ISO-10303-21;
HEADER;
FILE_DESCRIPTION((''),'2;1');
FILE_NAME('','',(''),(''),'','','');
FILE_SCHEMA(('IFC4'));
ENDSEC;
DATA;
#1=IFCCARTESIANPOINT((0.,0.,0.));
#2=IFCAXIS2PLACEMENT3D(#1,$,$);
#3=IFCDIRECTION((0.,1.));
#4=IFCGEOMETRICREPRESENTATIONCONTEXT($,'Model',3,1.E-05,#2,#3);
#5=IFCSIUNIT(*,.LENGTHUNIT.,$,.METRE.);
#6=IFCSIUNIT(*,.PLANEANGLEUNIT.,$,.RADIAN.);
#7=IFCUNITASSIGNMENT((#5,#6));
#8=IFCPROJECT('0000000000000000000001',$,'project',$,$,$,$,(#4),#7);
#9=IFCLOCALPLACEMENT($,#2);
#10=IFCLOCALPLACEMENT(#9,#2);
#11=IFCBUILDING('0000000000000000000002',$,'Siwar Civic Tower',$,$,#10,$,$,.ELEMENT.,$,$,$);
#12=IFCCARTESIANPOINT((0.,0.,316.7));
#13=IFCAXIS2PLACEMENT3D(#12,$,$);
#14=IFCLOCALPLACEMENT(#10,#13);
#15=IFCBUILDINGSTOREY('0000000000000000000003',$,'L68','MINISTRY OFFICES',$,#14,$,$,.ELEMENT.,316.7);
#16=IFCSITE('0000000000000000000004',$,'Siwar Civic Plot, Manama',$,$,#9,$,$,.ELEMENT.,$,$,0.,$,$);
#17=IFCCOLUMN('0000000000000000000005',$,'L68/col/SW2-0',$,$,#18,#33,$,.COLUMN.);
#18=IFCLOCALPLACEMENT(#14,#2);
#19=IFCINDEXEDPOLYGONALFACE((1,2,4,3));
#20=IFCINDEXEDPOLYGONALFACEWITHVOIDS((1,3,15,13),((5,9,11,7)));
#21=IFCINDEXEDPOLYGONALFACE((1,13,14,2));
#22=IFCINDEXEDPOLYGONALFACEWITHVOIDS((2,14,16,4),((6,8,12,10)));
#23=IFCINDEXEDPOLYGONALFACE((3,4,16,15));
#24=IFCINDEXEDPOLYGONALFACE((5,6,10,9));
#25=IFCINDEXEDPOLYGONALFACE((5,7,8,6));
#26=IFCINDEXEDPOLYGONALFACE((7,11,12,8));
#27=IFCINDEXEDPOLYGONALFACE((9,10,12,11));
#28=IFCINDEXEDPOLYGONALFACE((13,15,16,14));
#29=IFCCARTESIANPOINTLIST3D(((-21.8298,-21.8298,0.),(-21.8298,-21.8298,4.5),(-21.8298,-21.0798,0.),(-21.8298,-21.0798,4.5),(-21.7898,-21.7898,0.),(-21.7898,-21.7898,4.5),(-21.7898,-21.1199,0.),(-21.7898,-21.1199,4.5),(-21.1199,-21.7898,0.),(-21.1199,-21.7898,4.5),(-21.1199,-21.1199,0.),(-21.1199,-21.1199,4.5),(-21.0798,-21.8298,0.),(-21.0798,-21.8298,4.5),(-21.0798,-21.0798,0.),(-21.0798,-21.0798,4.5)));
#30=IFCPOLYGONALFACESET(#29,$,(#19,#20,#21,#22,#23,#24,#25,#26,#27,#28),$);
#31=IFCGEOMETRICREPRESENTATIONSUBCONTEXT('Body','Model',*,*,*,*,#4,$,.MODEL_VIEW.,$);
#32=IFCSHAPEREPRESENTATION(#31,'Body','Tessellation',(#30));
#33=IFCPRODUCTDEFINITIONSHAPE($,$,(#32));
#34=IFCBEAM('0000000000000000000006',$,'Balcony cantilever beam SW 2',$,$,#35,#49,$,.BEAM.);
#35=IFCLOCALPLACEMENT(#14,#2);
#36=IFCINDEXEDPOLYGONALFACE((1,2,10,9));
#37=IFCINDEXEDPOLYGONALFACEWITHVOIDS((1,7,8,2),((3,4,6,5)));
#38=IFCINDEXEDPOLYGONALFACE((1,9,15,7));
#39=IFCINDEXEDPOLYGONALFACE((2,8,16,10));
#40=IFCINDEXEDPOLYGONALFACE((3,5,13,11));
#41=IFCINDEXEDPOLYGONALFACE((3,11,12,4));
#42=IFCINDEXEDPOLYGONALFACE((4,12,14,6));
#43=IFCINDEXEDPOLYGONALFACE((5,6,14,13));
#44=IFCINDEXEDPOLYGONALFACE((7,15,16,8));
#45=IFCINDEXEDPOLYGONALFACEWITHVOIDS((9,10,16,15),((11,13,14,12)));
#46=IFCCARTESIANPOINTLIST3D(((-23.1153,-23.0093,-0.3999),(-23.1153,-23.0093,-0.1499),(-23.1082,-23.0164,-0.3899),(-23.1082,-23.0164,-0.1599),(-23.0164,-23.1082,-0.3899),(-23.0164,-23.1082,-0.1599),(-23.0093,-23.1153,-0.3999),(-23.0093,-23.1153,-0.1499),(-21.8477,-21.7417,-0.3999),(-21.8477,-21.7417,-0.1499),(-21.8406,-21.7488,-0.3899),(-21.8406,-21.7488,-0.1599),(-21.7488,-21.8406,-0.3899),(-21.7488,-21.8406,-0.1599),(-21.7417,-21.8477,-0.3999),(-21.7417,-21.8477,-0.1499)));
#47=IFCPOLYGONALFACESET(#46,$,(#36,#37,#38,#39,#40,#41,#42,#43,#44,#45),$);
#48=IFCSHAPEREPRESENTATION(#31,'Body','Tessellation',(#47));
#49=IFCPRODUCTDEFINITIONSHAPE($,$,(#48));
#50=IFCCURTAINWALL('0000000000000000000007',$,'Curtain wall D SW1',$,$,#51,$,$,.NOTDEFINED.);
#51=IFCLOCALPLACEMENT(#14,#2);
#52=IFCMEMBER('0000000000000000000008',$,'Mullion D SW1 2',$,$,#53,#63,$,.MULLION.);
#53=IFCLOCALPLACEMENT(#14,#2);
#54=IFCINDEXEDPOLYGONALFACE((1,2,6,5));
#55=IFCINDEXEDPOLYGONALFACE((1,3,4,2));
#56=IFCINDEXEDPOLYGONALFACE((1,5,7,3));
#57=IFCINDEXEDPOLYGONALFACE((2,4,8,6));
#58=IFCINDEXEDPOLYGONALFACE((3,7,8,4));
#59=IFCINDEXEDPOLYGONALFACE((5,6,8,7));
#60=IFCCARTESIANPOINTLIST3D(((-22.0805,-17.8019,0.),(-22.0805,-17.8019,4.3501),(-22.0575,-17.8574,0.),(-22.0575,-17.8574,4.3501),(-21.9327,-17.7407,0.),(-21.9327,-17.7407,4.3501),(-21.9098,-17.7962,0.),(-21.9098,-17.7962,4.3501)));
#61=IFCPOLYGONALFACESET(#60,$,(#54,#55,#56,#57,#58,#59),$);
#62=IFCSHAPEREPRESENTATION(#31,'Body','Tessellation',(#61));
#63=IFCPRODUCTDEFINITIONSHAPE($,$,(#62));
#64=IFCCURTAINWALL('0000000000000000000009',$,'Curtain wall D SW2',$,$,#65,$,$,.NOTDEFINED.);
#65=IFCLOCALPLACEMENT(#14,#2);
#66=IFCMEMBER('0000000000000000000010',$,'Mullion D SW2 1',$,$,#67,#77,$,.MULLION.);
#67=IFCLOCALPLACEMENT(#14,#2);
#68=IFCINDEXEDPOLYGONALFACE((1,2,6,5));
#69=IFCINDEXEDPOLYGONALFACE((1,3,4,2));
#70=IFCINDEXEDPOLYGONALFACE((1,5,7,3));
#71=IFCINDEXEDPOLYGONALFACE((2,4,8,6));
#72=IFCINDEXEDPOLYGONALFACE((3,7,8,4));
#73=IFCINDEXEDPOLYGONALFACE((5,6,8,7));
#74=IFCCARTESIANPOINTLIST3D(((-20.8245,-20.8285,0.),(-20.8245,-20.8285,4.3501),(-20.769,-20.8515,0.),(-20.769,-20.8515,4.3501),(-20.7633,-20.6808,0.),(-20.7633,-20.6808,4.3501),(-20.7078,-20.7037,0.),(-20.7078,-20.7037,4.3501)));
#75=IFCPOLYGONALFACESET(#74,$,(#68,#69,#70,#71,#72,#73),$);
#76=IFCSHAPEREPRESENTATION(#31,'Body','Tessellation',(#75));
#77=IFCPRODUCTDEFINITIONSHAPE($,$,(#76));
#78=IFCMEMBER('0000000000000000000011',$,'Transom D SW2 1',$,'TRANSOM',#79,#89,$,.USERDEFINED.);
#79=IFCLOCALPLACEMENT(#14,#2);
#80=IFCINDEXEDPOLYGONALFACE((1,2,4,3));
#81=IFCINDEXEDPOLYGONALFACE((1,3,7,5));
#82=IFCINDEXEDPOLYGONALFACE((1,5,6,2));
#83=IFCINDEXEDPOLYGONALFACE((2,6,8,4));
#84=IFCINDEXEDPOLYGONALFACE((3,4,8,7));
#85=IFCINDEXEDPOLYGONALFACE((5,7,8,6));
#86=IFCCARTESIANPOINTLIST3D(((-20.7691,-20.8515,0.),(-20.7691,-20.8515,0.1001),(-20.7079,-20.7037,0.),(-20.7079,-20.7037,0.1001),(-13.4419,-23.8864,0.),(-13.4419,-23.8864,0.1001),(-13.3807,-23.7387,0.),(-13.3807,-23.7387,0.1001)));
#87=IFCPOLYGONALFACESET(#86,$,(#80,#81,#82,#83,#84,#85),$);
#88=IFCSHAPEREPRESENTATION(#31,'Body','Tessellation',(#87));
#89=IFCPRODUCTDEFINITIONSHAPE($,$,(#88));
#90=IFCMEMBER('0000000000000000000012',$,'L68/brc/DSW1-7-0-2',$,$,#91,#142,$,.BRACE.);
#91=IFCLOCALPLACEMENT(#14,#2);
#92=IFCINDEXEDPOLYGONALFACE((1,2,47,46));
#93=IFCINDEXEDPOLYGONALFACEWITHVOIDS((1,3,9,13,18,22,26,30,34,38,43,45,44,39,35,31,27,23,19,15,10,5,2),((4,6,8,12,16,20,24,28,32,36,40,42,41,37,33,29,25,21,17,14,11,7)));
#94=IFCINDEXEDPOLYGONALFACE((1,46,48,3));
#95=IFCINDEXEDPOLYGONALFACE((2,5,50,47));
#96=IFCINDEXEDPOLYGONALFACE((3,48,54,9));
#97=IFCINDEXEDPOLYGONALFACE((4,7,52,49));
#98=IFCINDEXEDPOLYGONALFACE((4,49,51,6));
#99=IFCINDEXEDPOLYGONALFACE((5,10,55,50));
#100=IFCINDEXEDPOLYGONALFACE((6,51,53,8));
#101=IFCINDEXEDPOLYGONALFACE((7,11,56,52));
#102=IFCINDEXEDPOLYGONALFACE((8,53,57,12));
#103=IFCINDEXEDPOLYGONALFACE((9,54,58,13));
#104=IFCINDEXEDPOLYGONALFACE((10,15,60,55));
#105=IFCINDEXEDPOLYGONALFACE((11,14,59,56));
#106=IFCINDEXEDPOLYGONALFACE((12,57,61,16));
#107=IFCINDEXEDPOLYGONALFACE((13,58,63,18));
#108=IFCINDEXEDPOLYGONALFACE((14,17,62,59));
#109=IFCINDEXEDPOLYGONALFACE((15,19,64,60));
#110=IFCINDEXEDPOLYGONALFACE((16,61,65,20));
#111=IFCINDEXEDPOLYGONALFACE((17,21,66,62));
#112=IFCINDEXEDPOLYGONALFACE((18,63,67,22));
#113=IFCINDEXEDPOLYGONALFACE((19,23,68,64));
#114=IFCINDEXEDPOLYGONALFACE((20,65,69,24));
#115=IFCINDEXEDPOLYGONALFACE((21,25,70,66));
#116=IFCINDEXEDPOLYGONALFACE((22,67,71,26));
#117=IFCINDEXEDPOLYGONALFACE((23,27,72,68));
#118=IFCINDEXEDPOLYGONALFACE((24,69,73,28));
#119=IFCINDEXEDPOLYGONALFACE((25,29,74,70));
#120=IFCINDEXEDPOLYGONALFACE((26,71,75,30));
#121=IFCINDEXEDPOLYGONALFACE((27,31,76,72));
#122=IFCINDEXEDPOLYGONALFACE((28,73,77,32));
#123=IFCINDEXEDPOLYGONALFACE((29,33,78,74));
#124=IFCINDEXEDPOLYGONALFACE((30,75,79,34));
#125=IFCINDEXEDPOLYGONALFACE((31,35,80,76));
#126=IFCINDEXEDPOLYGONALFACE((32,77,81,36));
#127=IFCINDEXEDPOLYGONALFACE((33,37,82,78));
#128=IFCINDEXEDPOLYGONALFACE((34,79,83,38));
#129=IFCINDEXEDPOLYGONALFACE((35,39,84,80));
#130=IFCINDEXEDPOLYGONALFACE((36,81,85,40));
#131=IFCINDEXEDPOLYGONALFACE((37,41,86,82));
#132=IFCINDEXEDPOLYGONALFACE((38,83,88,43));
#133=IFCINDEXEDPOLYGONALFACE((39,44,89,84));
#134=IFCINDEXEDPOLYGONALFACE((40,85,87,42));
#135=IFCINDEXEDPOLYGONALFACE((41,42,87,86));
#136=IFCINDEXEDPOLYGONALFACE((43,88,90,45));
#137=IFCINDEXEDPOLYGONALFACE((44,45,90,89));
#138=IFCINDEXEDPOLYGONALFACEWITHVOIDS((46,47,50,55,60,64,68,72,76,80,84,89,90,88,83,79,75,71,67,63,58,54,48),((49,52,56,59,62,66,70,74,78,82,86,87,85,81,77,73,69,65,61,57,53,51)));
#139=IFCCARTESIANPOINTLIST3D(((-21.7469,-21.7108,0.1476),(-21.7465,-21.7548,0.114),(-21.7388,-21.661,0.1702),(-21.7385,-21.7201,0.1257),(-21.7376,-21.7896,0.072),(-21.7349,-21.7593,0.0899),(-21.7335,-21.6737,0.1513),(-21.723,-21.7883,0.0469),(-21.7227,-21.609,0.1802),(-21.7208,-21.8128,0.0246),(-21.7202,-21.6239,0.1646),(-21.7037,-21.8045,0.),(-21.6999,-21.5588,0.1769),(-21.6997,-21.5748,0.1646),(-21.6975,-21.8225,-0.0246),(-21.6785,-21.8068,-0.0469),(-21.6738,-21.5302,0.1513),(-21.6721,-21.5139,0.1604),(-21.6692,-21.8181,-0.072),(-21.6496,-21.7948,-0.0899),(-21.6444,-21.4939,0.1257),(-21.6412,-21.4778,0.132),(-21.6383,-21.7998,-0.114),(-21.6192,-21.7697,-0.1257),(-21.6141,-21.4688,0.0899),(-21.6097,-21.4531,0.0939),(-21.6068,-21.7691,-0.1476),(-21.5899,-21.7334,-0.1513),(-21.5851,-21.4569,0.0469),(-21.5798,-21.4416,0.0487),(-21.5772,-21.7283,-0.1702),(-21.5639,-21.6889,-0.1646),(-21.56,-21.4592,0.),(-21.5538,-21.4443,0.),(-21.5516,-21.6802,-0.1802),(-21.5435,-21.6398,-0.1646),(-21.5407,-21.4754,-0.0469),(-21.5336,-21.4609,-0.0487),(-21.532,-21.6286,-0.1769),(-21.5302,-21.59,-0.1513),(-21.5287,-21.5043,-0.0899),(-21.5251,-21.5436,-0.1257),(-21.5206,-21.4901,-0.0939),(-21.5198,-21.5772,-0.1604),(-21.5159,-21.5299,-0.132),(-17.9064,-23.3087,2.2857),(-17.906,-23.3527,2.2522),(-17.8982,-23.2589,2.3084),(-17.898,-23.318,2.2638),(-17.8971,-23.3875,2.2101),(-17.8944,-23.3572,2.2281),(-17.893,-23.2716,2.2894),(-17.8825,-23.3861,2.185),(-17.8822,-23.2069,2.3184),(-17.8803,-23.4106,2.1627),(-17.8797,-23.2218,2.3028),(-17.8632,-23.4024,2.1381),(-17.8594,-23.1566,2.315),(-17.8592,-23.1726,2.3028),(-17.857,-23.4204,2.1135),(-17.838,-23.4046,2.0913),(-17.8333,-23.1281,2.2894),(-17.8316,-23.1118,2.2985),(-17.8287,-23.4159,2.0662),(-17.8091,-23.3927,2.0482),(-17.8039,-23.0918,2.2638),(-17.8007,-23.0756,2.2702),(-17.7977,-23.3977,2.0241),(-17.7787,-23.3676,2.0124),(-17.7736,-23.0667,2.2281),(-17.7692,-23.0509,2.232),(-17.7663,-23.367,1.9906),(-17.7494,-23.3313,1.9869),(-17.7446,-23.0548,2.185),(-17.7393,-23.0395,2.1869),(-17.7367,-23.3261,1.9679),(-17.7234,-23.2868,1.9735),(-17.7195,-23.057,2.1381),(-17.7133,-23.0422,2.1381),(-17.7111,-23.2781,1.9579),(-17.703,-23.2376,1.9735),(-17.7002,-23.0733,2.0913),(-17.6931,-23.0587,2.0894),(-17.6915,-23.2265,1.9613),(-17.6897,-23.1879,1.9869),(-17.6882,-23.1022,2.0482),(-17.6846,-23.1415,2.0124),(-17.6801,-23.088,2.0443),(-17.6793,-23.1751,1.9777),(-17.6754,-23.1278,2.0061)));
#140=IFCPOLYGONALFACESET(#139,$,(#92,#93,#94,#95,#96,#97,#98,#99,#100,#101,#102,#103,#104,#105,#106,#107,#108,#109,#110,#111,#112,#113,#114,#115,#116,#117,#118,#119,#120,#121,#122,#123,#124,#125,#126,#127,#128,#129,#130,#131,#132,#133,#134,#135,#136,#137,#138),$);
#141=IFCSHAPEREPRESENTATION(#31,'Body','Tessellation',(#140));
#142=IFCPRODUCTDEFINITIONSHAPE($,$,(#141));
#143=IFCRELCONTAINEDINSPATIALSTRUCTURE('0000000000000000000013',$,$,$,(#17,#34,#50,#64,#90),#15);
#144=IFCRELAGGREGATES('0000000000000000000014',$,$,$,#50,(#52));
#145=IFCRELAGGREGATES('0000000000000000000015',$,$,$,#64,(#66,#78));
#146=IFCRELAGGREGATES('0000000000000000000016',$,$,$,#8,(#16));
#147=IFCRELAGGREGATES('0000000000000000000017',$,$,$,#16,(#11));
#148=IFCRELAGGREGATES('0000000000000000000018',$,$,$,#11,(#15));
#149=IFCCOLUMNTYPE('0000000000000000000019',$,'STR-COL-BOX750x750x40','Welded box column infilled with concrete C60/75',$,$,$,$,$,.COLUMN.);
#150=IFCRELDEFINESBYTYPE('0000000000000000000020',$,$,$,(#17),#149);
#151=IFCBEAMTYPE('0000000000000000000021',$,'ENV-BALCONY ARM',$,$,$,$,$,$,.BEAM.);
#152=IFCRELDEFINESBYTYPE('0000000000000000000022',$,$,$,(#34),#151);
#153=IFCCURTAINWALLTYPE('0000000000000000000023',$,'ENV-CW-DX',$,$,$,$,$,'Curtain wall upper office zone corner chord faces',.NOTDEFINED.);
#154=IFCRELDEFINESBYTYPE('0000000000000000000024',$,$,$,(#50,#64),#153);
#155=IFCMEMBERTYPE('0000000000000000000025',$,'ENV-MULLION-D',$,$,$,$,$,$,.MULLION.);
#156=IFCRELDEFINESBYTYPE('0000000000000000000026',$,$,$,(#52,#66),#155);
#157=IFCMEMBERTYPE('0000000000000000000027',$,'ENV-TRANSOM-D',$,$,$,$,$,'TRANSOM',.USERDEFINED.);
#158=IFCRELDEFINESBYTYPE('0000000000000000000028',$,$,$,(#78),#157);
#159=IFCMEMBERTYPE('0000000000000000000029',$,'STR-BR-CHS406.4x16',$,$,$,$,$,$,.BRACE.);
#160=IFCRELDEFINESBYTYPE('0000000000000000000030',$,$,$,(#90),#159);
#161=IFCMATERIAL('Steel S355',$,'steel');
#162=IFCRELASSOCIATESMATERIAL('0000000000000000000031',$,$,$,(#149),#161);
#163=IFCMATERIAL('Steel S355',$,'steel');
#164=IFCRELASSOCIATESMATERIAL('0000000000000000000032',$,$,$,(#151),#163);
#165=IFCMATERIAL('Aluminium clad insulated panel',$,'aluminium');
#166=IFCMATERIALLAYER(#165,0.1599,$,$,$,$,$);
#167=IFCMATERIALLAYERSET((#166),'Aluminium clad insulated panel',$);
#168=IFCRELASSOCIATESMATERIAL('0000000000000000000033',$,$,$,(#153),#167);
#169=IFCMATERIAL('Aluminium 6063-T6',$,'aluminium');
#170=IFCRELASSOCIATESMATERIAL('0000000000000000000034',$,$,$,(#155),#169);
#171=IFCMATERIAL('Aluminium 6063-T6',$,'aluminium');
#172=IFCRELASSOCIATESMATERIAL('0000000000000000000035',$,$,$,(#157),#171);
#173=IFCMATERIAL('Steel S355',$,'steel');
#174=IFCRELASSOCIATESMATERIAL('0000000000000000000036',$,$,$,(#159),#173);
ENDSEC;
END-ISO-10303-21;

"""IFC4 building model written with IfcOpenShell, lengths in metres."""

from ifc_helpers import new_model, si_unit, direction, frame, origin, origin_2d, place, context, subcontext, project, spatial, rectangle, hollow_rectangle, hollow_circle, extrude, material, layer, layer_set, material_profile, profile_set, type_object, element, aggregate, save


model = new_model("IFC4")

# Units and contexts
model_context = context("Model", 3, precision=1e-05, world=origin(), true_north=direction((0.0, 1.0)))
body_context = subcontext(model_context, "Body", "Model", "MODEL_VIEW")
ifc_project = project(units=[si_unit("LENGTHUNIT", "METRE"), si_unit("PLANEANGLEUNIT", "RADIAN")], contexts=[model_context])

# Site, building, storey
site_placement = place(None, origin())
site = spatial("IfcSite", under=ifc_project, at=site_placement, Name="Siwar Civic Plot, Manama", CompositionType="ELEMENT", RefElevation=0.0)
building_placement = place(site_placement, origin())
building = spatial("IfcBuilding", under=site, at=building_placement, Name="Siwar Civic Tower", CompositionType="ELEMENT")
storey_placement = place(building_placement, frame((0.0, 0.0, 316.7)))
storey = spatial("IfcBuildingStorey", under=building, at=storey_placement, Name="L68", Description="MINISTRY OFFICES", CompositionType="ELEMENT", Elevation=316.7)

# Column
ifc_material_1 = material(Name="Steel S355", Category="steel")
ifc_material_profile_1 = material_profile(ifc_material_1, hollow_rectangle(XDim=0.75, YDim=0.75, WallThickness=0.04, at=origin_2d()), Name="BOX750x750x40")
ifc_profile_set_1 = profile_set([ifc_material_profile_1], Name="Steel S355")
column_type = type_object("IfcColumnType", Name="STR-COL-BOX750x750x40", Description="Welded box column infilled with concrete C60/75", PredefinedType="COLUMN", material=ifc_profile_set_1)
column_placement = place(storey_placement, frame((-21.4548, -21.4548, 0.0), z_axis=(0.0, 0.0, 1.0), x_axis=(1.0, 0.0, 0.0)))
element("IfcColumn", 1, at=column_placement, inside=storey, type_object=column_type, Name="L68/col/SW2-0", PredefinedType="COLUMN", context=body_context, shape_type="SweptSolid", body=[
    extrude(hollow_rectangle(XDim=0.75, YDim=0.75, WallThickness=0.04, at=origin_2d()), origin(), (0.0, 0.0, 1.0), 4.5),
])

# Beam
ifc_material_2 = material(Name="Steel S355", Category="steel")
ifc_material_profile_2 = material_profile(ifc_material_2, hollow_rectangle(XDim=0.1499, YDim=0.25, WallThickness=0.01, at=origin_2d()), Name="RHS250x150x10")
ifc_profile_set_2 = profile_set([ifc_material_profile_2], Name="Steel S355")
beam_type_1 = type_object("IfcBeamType", Name="ENV-BALCONY ARM", PredefinedType="BEAM", material=ifc_profile_set_2)
beam_1_placement = place(storey_placement, frame((-21.7947, -21.7947, -0.2749), z_axis=(-0.707107, -0.707107, 0.0), x_axis=(0.707107, -0.707107, 0.0)))
element("IfcBeam", 2, at=beam_1_placement, inside=storey, type_object=beam_type_1, Name="Balcony cantilever beam SW 2", PredefinedType="BEAM", context=body_context, shape_type="SweptSolid", body=[
    extrude(hollow_rectangle(XDim=0.1499, YDim=0.25, WallThickness=0.01, at=origin_2d()), origin(), (0.0, 0.0, 1.0), 1.7927),
])

# Curtain wall, member
ifc_material_3 = material(Name="Aluminium clad insulated panel", Category="aluminium")
ifc_layer_1 = layer(ifc_material_3, 0.1599)
ifc_layer_set_1 = layer_set([ifc_layer_1], Name="Aluminium clad insulated panel")
curtain_wall_type = type_object("IfcCurtainWallType", Name="ENV-CW-DX", ElementType="Curtain wall upper office zone corner chord faces", PredefinedType="NOTDEFINED", material=ifc_layer_set_1)
curtain_wall_1_placement = place(storey_placement, origin())
curtain_wall_1 = element("IfcCurtainWall", 3, at=curtain_wall_1_placement, inside=storey, type_object=curtain_wall_type, Name="Curtain wall D SW1", PredefinedType="NOTDEFINED")
ifc_material_4 = material(Name="Aluminium 6063-T6", Category="aluminium")
ifc_material_profile_3 = material_profile(ifc_material_4, rectangle(XDim=0.1599, YDim=0.0601, at=origin_2d()), Name="AL 160x60")
ifc_profile_set_3 = profile_set([ifc_material_profile_3], Name="Aluminium 6063-T6")
member_type_1 = type_object("IfcMemberType", Name="ENV-MULLION-D", PredefinedType="MULLION", material=ifc_profile_set_3)
member_1_placement = place(storey_placement, frame((-21.9951, -17.7991, 0.0), z_axis=(0.0, 0.0, 1.0), x_axis=(0.92388, 0.382683, 0.0)))
member_1 = element("IfcMember", 4, at=member_1_placement, type_object=member_type_1, Name="Mullion D SW1 2", PredefinedType="MULLION", context=body_context, shape_type="SweptSolid", body=[
    extrude(rectangle(XDim=0.1599, YDim=0.0601, at=origin_2d()), origin(), (0.0, 0.0, 1.0), 4.3501),
])
aggregate(curtain_wall_1, [member_1])

# Curtain wall, members
curtain_wall_2_placement = place(storey_placement, origin())
curtain_wall_2 = element("IfcCurtainWall", 5, at=curtain_wall_2_placement, inside=storey, type_object=curtain_wall_type, Name="Curtain wall D SW2", PredefinedType="NOTDEFINED")
member_2_placement = place(storey_placement, frame((-20.7661, -20.7661, 0.0), z_axis=(0.0, 0.0, 1.0), x_axis=(0.382683, 0.92388, 0.0)))
member_2 = element("IfcMember", 6, at=member_2_placement, type_object=member_type_1, Name="Mullion D SW2 1", PredefinedType="MULLION", context=body_context, shape_type="SweptSolid", body=[
    extrude(rectangle(XDim=0.1599, YDim=0.0601, at=origin_2d()), origin(), (0.0, 0.0, 1.0), 4.3501),
])
ifc_material_5 = material(Name="Aluminium 6063-T6", Category="aluminium")
ifc_material_profile_4 = material_profile(ifc_material_5, rectangle(XDim=0.1599, YDim=0.1001, at=origin_2d()), Name="AL 160x100")
ifc_profile_set_4 = profile_set([ifc_material_profile_4], Name="Aluminium 6063-T6")
member_type_2 = type_object("IfcMemberType", Name="ENV-TRANSOM-D", ElementType="TRANSOM", PredefinedType="USERDEFINED", material=ifc_profile_set_4)
member_3_placement = place(storey_placement, frame((-20.7385, -20.7776, 0.05), z_axis=(0.923884, -0.382674, 0.0), x_axis=(0.382674, 0.923884, 0.0)))
member_3 = element("IfcMember", 7, at=member_3_placement, type_object=member_type_2, Name="Transom D SW2 1", ObjectType="TRANSOM", PredefinedType="USERDEFINED", context=body_context, shape_type="SweptSolid", body=[
    extrude(rectangle(XDim=0.1599, YDim=0.1001, at=origin_2d()), origin(), (0.0, 0.0, 1.0), 7.9309),
])

# Member
ifc_material_6 = material(Name="Steel S355", Category="steel")
ifc_material_profile_5 = material_profile(ifc_material_6, hollow_circle(Radius=0.2031, WallThickness=0.0161, at=origin_2d()), Name="CHS406.4x16")
ifc_profile_set_5 = profile_set([ifc_material_profile_5], Name="Steel S355")
member_type_3 = type_object("IfcMemberType", Name="STR-BR-CHS406.4x16", PredefinedType="BRACE", material=ifc_profile_set_5)
member_4_placement = place(storey_placement, frame((-21.6318, -21.6318, 0.0), z_axis=(0.821147, -0.341644, 0.457161), x_axis=(0.384136, 0.923276, 0.0)))
element("IfcMember", 8, at=member_4_placement, inside=storey, type_object=member_type_3, Name="L68/brc/DSW1-7-0-2", PredefinedType="BRACE", context=body_context, shape_type="SweptSolid", body=[
    extrude(hollow_circle(Radius=0.2031, WallThickness=0.0161, at=origin_2d()), origin(), (0.0, 0.0, 1.0), 4.677),
])

aggregate(curtain_wall_2, [member_2, member_3])

save(model, "model.ifc")
